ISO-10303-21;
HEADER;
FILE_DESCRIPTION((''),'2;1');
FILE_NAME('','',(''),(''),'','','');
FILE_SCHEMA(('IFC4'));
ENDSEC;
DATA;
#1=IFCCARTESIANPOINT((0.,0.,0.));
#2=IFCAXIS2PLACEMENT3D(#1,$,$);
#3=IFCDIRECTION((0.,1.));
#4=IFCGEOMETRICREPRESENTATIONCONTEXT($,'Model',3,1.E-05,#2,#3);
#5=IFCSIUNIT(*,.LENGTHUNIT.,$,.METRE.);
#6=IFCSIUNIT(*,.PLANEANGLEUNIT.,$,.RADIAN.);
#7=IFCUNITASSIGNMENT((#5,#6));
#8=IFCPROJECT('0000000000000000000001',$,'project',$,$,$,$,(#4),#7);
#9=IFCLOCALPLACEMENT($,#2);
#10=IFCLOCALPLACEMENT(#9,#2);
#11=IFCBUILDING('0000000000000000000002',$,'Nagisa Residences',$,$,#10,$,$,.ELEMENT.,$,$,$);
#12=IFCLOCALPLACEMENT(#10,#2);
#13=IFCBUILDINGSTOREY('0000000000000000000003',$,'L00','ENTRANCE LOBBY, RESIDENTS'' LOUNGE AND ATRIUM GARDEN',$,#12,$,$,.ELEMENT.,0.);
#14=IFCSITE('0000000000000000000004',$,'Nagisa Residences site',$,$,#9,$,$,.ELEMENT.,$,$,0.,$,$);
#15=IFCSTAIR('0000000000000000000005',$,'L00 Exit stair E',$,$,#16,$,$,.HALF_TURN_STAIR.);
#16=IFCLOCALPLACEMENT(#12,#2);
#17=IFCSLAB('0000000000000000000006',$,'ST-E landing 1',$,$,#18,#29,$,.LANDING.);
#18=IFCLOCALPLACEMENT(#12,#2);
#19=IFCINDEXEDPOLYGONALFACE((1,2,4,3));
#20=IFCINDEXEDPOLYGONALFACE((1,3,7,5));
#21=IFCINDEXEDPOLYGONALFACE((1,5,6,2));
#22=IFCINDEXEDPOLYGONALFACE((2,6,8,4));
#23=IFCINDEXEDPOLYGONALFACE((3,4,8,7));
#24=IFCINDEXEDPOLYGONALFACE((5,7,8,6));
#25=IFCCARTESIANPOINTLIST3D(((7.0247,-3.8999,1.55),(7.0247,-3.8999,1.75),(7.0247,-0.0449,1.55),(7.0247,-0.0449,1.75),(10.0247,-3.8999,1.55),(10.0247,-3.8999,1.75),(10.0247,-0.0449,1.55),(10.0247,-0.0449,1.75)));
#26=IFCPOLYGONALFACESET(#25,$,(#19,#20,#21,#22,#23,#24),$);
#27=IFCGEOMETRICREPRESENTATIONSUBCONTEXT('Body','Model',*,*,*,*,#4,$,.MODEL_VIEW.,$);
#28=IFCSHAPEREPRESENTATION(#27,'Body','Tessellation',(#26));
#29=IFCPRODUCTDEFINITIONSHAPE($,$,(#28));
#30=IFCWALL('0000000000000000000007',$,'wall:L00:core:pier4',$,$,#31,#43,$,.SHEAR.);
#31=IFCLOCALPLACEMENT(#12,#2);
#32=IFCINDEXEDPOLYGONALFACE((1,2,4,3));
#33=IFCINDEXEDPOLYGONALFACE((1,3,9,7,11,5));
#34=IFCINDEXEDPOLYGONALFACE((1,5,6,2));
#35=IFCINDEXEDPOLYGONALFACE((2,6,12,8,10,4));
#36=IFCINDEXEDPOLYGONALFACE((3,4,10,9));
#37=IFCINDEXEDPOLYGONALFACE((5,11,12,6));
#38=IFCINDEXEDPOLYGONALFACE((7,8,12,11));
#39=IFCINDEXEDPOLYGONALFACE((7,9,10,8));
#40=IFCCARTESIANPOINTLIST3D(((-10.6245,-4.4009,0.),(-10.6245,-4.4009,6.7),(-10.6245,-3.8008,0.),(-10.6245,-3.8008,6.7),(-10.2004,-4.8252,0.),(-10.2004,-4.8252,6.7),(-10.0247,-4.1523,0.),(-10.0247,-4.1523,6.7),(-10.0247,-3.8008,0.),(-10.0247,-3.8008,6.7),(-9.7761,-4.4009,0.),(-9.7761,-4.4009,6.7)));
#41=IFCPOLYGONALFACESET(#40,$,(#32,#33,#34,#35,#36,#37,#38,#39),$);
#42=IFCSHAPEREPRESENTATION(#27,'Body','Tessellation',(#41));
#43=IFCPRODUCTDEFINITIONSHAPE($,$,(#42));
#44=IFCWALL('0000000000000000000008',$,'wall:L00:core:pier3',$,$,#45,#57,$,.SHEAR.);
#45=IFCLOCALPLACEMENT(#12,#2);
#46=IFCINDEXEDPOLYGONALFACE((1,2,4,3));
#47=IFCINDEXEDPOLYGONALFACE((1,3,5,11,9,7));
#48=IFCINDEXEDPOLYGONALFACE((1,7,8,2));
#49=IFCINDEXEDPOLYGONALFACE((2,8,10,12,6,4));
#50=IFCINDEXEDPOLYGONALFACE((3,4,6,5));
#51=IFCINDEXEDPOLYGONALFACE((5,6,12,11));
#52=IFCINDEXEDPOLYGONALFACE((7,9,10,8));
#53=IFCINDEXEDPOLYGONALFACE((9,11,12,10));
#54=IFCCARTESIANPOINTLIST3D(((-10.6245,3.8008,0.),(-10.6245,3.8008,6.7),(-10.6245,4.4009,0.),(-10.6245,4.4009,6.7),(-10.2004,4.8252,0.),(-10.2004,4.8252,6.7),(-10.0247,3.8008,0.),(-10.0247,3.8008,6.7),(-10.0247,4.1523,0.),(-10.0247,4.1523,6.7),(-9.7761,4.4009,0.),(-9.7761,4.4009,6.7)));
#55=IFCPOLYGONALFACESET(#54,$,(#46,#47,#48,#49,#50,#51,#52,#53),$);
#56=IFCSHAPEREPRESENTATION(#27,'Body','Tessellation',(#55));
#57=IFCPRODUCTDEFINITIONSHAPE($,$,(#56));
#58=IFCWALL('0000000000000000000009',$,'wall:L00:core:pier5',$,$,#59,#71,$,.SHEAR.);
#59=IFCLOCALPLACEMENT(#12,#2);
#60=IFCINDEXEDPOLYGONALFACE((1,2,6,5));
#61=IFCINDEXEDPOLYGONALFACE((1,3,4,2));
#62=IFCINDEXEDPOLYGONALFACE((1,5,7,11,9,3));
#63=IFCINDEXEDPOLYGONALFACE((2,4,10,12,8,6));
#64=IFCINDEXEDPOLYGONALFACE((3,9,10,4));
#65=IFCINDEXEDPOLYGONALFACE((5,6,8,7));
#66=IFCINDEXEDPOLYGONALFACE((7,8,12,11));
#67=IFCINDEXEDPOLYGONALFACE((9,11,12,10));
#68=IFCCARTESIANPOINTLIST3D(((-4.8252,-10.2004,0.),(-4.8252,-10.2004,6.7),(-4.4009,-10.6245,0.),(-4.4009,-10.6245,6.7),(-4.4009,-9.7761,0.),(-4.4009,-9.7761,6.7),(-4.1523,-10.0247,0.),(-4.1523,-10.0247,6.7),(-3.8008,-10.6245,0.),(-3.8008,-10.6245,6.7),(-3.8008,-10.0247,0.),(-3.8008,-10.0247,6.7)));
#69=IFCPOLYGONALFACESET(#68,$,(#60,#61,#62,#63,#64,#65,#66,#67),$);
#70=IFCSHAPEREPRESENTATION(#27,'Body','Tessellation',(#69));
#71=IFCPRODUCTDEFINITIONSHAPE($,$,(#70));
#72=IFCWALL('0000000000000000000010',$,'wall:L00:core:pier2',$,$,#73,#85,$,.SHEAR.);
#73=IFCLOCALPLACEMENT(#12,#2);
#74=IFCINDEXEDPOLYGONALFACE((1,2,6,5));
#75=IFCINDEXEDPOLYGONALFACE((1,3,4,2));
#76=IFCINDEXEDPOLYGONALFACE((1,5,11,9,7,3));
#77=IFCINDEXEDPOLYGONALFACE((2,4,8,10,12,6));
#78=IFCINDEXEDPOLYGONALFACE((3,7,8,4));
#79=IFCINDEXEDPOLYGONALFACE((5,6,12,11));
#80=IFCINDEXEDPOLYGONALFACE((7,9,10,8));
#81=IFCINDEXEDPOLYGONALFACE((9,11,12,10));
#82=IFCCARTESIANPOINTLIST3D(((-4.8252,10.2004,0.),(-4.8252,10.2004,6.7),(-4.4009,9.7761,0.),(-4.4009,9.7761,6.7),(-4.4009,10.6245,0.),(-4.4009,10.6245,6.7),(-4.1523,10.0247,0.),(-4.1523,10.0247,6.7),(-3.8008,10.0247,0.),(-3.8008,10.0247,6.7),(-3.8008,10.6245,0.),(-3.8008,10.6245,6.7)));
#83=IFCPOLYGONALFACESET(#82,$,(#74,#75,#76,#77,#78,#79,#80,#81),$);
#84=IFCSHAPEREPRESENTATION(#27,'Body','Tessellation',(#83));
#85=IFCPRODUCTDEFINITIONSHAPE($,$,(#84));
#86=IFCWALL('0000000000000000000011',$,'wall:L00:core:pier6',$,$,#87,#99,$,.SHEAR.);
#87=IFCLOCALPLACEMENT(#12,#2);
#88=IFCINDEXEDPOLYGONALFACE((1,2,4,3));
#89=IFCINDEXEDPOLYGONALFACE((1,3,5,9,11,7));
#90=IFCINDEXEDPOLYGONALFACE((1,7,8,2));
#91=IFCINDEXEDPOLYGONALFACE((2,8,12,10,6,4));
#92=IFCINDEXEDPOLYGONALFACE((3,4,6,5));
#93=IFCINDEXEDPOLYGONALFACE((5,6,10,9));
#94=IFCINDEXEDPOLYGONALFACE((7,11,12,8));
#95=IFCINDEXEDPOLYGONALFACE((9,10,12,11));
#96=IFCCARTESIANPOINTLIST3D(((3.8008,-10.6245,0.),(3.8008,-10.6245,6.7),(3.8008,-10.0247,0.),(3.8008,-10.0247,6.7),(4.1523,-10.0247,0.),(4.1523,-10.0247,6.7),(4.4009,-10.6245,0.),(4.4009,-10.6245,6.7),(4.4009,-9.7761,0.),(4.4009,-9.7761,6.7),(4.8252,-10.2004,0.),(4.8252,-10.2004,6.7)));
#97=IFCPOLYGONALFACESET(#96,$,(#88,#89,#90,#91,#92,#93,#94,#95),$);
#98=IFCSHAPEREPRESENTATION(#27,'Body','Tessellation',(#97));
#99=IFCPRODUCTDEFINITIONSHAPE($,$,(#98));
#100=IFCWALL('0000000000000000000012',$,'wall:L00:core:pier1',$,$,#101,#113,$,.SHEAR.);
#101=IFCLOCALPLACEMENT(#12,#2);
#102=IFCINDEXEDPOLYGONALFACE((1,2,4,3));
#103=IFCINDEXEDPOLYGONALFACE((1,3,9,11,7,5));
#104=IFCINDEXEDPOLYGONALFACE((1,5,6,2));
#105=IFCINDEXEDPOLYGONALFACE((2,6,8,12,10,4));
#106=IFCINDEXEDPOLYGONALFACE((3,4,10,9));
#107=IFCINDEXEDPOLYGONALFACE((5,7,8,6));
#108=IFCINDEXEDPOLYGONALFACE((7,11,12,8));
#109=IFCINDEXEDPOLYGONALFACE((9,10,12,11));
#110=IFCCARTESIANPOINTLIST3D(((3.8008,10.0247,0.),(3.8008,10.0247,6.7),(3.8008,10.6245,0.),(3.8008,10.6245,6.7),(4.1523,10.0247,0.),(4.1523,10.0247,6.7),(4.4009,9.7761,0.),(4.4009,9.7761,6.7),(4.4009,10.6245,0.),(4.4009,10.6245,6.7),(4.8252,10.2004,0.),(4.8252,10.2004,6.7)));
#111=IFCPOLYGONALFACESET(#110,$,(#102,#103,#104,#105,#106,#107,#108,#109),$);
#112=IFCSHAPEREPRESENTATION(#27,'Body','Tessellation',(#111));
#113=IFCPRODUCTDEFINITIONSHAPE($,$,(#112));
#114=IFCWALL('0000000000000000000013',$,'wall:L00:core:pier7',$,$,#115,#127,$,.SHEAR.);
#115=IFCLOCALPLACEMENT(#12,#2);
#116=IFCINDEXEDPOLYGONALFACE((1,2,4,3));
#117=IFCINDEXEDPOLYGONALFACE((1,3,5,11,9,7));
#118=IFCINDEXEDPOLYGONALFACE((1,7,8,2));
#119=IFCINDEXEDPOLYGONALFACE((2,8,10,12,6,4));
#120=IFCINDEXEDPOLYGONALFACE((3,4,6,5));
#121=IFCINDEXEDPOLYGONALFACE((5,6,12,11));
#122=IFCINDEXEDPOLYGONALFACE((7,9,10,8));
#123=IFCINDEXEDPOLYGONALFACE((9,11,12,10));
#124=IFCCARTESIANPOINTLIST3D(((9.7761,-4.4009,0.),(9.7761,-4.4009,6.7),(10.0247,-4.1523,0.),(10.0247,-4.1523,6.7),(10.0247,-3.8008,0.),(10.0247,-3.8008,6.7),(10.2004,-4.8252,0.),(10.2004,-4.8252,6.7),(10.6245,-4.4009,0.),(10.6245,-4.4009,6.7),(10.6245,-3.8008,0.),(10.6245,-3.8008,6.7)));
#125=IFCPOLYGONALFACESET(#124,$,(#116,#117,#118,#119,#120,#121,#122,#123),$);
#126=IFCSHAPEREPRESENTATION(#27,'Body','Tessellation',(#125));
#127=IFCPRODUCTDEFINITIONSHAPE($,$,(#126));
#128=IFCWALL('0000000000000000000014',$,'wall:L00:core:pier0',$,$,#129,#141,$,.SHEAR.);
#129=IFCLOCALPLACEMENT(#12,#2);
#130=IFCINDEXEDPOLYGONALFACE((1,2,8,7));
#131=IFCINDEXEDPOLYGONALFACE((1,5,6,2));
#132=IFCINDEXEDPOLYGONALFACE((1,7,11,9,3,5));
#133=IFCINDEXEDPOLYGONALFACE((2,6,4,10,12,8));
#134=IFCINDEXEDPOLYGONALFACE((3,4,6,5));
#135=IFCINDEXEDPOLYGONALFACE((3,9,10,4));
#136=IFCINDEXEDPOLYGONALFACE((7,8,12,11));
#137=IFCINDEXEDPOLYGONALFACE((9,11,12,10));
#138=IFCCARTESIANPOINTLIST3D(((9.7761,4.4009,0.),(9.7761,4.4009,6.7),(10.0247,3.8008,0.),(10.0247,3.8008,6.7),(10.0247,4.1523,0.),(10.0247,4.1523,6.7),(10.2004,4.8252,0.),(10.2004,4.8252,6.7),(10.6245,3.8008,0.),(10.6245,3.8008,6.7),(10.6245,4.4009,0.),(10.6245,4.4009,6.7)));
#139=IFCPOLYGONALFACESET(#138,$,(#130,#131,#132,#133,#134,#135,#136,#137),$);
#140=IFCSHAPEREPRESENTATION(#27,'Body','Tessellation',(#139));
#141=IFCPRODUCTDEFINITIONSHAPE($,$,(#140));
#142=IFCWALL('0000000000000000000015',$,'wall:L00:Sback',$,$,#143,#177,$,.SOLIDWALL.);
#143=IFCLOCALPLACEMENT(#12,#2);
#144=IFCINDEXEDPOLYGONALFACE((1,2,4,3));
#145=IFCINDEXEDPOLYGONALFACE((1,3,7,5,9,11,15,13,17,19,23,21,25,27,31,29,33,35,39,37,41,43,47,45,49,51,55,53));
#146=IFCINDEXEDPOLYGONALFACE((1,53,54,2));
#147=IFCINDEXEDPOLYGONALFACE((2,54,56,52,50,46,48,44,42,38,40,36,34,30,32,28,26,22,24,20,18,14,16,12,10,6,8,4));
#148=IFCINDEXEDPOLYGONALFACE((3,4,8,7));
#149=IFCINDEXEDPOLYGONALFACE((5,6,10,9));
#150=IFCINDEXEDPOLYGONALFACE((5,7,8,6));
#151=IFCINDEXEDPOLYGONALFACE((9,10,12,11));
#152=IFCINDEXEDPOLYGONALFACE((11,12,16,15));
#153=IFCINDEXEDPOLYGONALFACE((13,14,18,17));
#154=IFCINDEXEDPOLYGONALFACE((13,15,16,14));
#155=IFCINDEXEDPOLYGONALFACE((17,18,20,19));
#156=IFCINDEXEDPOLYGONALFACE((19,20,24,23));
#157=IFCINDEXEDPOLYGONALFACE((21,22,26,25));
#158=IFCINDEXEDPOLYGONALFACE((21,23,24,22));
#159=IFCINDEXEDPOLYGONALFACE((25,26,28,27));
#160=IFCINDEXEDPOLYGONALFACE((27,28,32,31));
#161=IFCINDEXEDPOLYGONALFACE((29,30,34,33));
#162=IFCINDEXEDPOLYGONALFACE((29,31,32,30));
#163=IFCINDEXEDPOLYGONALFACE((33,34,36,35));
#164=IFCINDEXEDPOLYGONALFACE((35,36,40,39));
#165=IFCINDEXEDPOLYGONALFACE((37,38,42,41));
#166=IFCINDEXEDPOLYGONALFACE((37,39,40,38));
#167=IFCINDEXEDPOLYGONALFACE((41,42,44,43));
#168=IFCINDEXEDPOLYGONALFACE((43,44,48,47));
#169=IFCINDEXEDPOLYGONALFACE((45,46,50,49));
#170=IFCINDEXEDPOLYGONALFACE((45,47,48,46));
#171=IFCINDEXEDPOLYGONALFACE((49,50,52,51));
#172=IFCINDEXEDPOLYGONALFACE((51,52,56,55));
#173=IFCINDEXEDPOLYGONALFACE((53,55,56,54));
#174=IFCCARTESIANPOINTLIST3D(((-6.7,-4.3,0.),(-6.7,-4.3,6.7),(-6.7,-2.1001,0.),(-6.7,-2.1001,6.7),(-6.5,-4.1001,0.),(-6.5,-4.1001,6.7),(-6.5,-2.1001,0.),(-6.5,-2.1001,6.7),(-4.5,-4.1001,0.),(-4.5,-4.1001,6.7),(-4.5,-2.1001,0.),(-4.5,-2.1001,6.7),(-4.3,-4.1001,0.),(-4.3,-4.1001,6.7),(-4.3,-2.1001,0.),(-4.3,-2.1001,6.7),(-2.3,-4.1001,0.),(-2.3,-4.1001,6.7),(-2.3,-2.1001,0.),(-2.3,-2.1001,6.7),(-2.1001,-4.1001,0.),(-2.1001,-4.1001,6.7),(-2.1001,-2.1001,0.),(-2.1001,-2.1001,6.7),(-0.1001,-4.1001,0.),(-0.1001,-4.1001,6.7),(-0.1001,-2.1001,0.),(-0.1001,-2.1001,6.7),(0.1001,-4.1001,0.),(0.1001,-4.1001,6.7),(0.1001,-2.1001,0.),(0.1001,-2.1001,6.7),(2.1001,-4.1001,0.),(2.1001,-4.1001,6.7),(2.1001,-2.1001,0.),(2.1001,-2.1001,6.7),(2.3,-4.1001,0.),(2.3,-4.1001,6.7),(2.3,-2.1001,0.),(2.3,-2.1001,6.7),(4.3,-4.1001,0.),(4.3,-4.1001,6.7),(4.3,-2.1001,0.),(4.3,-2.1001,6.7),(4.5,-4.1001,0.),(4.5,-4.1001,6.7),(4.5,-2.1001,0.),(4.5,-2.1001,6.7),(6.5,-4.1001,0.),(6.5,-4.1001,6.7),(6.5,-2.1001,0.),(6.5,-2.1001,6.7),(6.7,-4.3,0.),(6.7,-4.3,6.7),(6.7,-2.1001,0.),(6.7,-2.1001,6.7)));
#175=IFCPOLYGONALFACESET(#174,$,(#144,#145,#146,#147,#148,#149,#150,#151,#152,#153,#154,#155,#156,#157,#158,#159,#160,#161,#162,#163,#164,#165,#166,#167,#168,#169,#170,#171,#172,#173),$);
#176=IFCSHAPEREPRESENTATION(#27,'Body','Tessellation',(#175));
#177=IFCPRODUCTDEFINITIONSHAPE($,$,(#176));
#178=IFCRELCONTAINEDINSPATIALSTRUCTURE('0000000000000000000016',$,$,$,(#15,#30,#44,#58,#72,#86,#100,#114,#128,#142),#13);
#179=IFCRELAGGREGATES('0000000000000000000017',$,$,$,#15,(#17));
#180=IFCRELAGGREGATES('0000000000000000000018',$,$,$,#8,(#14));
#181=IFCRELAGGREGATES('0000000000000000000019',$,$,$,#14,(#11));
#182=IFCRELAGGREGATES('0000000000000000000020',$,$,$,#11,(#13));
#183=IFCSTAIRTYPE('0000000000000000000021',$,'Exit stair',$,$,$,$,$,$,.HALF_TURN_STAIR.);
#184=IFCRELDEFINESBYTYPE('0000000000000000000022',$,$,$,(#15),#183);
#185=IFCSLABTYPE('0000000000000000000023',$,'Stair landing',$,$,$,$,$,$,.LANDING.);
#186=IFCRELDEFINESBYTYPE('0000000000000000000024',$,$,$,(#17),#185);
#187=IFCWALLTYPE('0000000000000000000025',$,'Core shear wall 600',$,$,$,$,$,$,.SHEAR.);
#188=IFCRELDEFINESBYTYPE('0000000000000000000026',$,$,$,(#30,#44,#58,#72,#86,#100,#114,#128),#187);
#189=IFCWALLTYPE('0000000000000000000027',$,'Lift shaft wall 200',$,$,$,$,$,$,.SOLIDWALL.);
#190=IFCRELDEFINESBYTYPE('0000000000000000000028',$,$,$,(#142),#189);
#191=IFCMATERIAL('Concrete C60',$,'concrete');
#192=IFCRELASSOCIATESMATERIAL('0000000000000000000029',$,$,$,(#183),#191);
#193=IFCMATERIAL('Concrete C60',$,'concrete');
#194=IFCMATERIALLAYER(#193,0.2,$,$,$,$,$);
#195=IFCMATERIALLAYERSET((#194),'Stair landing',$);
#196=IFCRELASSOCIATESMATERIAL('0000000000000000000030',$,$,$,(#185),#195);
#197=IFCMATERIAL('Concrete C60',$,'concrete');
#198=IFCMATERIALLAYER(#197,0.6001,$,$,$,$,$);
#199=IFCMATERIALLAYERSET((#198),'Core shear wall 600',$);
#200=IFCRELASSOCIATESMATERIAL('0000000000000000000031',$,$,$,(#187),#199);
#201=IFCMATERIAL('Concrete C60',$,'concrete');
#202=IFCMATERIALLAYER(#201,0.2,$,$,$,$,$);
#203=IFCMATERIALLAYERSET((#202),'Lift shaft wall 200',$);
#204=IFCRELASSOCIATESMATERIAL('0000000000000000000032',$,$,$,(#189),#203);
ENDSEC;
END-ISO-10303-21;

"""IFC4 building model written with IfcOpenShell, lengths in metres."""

from ifc_helpers import new_model, si_unit, direction, frame, origin, place, context, subcontext, project, spatial, polyline, outline, extrude, material, layer, layer_set, type_object, element, aggregate, save


model = new_model("IFC4")

# Units and contexts
model_context = context("Model", 3, precision=1e-05, world=origin(), true_north=direction((0.0, 1.0)))
body_context = subcontext(model_context, "Body", "Model", "MODEL_VIEW")
ifc_project = project(units=[si_unit("LENGTHUNIT", "METRE"), si_unit("PLANEANGLEUNIT", "RADIAN")], contexts=[model_context])

# Site, building, storey
site_placement = place(None, origin())
site = spatial("IfcSite", under=ifc_project, at=site_placement, Name="Nagisa Residences site", CompositionType="ELEMENT", RefElevation=0.0)
building_placement = place(site_placement, origin())
building = spatial("IfcBuilding", under=site, at=building_placement, Name="Nagisa Residences", CompositionType="ELEMENT")
storey_placement = place(building_placement, origin())
storey = spatial("IfcBuildingStorey", under=building, at=storey_placement, Name="L00", Description="ENTRANCE LOBBY, RESIDENTS' LOUNGE AND ATRIUM GARDEN", CompositionType="ELEMENT", Elevation=0.0)

# Stair, slab
ifc_material_1 = material(Name="Concrete C60", Category="concrete")
stair_type = type_object("IfcStairType", Name="Exit stair", PredefinedType="HALF_TURN_STAIR", material=ifc_material_1)
stair_placement = place(storey_placement, origin())
stair = element("IfcStair", 1, at=stair_placement, inside=storey, type_object=stair_type, Name="L00 Exit stair E", PredefinedType="HALF_TURN_STAIR")
ifc_material_2 = material(Name="Concrete C60", Category="concrete")
ifc_layer_1 = layer(ifc_material_2, 0.2)
ifc_layer_set_1 = layer_set([ifc_layer_1], Name="Stair landing")
slab_type = type_object("IfcSlabType", Name="Stair landing", PredefinedType="LANDING", material=ifc_layer_set_1)
slab_placement = place(storey_placement, frame((0.0, 0.0, 1.55)))
slab = element("IfcSlab", 2, at=slab_placement, type_object=slab_type, Name="ST-E landing 1", PredefinedType="LANDING", context=body_context, shape_type="SweptSolid", body=[
    extrude(outline(polyline([(7.0247, -0.0449), (7.0247, -3.8999), (10.0247, -3.8999), (10.0247, -0.0449), (7.0247, -0.0449)])), origin(), (0.0, 0.0, 1.0), 0.2),
])
aggregate(stair, [slab])

# Walls
ifc_material_3 = material(Name="Concrete C60", Category="concrete")
ifc_layer_2 = layer(ifc_material_3, 0.6001)
ifc_layer_set_2 = layer_set([ifc_layer_2], Name="Core shear wall 600")
wall_type_1 = type_object("IfcWallType", Name="Core shear wall 600", PredefinedType="SHEAR", material=ifc_layer_set_2)
wall_1_placement = place(storey_placement, origin())
element("IfcWall", 3, at=wall_1_placement, inside=storey, type_object=wall_type_1, Name="wall:L00:core:pier4", PredefinedType="SHEAR", context=body_context, shape_type="SweptSolid", body=[
    extrude(outline(polyline([(-10.6245, -3.8008), (-10.0247, -3.8008), (-10.0247, -4.1523), (-9.7761, -4.4009), (-10.2004, -4.8252), (-10.6245, -4.4009), (-10.6245, -3.8008)])), origin(), (0.0, 0.0, 1.0), 6.7),
])
wall_2_placement = place(storey_placement, origin())
element("IfcWall", 4, at=wall_2_placement, inside=storey, type_object=wall_type_1, Name="wall:L00:core:pier3", PredefinedType="SHEAR", context=body_context, shape_type="SweptSolid", body=[
    extrude(outline(polyline([(-10.2004, 4.8252), (-9.7761, 4.4009), (-10.0247, 4.1523), (-10.0247, 3.8008), (-10.6245, 3.8008), (-10.6245, 4.4009), (-10.2004, 4.8252)])), origin(), (0.0, 0.0, 1.0), 6.7),
])
wall_3_placement = place(storey_placement, origin())
element("IfcWall", 5, at=wall_3_placement, inside=storey, type_object=wall_type_1, Name="wall:L00:core:pier5", PredefinedType="SHEAR", context=body_context, shape_type="SweptSolid", body=[
    extrude(outline(polyline([(-4.8252, -10.2004), (-4.4009, -9.7761), (-4.1523, -10.0247), (-3.8008, -10.0247), (-3.8008, -10.6245), (-4.4009, -10.6245), (-4.8252, -10.2004)])), origin(), (0.0, 0.0, 1.0), 6.7),
])
wall_4_placement = place(storey_placement, origin())
element("IfcWall", 6, at=wall_4_placement, inside=storey, type_object=wall_type_1, Name="wall:L00:core:pier2", PredefinedType="SHEAR", context=body_context, shape_type="SweptSolid", body=[
    extrude(outline(polyline([(-3.8008, 10.6245), (-3.8008, 10.0247), (-4.1523, 10.0247), (-4.4009, 9.7761), (-4.8252, 10.2004), (-4.4009, 10.6245), (-3.8008, 10.6245)])), origin(), (0.0, 0.0, 1.0), 6.7),
])
wall_5_placement = place(storey_placement, origin())
element("IfcWall", 7, at=wall_5_placement, inside=storey, type_object=wall_type_1, Name="wall:L00:core:pier6", PredefinedType="SHEAR", context=body_context, shape_type="SweptSolid", body=[
    extrude(outline(polyline([(3.8008, -10.6245), (3.8008, -10.0247), (4.1523, -10.0247), (4.4009, -9.7761), (4.8252, -10.2004), (4.4009, -10.6245), (3.8008, -10.6245)])), origin(), (0.0, 0.0, 1.0), 6.7),
])
wall_6_placement = place(storey_placement, origin())
element("IfcWall", 8, at=wall_6_placement, inside=storey, type_object=wall_type_1, Name="wall:L00:core:pier1", PredefinedType="SHEAR", context=body_context, shape_type="SweptSolid", body=[
    extrude(outline(polyline([(4.8252, 10.2004), (4.4009, 9.7761), (4.1523, 10.0247), (3.8008, 10.0247), (3.8008, 10.6245), (4.4009, 10.6245), (4.8252, 10.2004)])), origin(), (0.0, 0.0, 1.0), 6.7),
])
wall_7_placement = place(storey_placement, origin())
element("IfcWall", 9, at=wall_7_placement, inside=storey, type_object=wall_type_1, Name="wall:L00:core:pier7", PredefinedType="SHEAR", context=body_context, shape_type="SweptSolid", body=[
    extrude(outline(polyline([(10.2004, -4.8252), (9.7761, -4.4009), (10.0247, -4.1523), (10.0247, -3.8008), (10.6245, -3.8008), (10.6245, -4.4009), (10.2004, -4.8252)])), origin(), (0.0, 0.0, 1.0), 6.7),
])
wall_8_placement = place(storey_placement, origin())
element("IfcWall", 10, at=wall_8_placement, inside=storey, type_object=wall_type_1, Name="wall:L00:core:pier0", PredefinedType="SHEAR", context=body_context, shape_type="SweptSolid", body=[
    extrude(outline(polyline([(10.6245, 3.8008), (10.0247, 3.8008), (10.0247, 4.1523), (9.7761, 4.4009), (10.2004, 4.8252), (10.6245, 4.4009), (10.6245, 3.8008)])), origin(), (0.0, 0.0, 1.0), 6.7),
])
ifc_material_4 = material(Name="Concrete C60", Category="concrete")
ifc_layer_3 = layer(ifc_material_4, 0.2)
ifc_layer_set_3 = layer_set([ifc_layer_3], Name="Lift shaft wall 200")
wall_type_2 = type_object("IfcWallType", Name="Lift shaft wall 200", PredefinedType="SOLIDWALL", material=ifc_layer_set_3)
wall_9_placement = place(storey_placement, origin())
element("IfcWall", 11, at=wall_9_placement, inside=storey, type_object=wall_type_2, Name="wall:L00:Sback", PredefinedType="SOLIDWALL", context=body_context, shape_type="SweptSolid", body=[
    extrude(outline(polyline([(-6.7, -2.1001), (-6.5, -2.1001), (-6.5, -4.1001), (-4.5, -4.1001), (-4.5, -2.1001), (-4.3, -2.1001), (-4.3, -4.1001), (-2.3, -4.1001), (-2.3, -2.1001), (-2.1001, -2.1001), (-2.1001, -4.1001), (-0.1001, -4.1001), (-0.1001, -2.1001), (0.1001, -2.1001), (0.1001, -4.1001), (2.1001, -4.1001), (2.1001, -2.1001), (2.3, -2.1001), (2.3, -4.1001), (4.3, -4.1001), (4.3, -2.1001), (4.5, -2.1001), (4.5, -4.1001), (6.5, -4.1001), (6.5, -2.1001), (6.7, -2.1001), (6.7, -4.3), (-6.7, -4.3), (-6.7, -2.1001)])), origin(), (0.0, 0.0, 1.0), 6.7),
])

save(model, "model.ifc")
